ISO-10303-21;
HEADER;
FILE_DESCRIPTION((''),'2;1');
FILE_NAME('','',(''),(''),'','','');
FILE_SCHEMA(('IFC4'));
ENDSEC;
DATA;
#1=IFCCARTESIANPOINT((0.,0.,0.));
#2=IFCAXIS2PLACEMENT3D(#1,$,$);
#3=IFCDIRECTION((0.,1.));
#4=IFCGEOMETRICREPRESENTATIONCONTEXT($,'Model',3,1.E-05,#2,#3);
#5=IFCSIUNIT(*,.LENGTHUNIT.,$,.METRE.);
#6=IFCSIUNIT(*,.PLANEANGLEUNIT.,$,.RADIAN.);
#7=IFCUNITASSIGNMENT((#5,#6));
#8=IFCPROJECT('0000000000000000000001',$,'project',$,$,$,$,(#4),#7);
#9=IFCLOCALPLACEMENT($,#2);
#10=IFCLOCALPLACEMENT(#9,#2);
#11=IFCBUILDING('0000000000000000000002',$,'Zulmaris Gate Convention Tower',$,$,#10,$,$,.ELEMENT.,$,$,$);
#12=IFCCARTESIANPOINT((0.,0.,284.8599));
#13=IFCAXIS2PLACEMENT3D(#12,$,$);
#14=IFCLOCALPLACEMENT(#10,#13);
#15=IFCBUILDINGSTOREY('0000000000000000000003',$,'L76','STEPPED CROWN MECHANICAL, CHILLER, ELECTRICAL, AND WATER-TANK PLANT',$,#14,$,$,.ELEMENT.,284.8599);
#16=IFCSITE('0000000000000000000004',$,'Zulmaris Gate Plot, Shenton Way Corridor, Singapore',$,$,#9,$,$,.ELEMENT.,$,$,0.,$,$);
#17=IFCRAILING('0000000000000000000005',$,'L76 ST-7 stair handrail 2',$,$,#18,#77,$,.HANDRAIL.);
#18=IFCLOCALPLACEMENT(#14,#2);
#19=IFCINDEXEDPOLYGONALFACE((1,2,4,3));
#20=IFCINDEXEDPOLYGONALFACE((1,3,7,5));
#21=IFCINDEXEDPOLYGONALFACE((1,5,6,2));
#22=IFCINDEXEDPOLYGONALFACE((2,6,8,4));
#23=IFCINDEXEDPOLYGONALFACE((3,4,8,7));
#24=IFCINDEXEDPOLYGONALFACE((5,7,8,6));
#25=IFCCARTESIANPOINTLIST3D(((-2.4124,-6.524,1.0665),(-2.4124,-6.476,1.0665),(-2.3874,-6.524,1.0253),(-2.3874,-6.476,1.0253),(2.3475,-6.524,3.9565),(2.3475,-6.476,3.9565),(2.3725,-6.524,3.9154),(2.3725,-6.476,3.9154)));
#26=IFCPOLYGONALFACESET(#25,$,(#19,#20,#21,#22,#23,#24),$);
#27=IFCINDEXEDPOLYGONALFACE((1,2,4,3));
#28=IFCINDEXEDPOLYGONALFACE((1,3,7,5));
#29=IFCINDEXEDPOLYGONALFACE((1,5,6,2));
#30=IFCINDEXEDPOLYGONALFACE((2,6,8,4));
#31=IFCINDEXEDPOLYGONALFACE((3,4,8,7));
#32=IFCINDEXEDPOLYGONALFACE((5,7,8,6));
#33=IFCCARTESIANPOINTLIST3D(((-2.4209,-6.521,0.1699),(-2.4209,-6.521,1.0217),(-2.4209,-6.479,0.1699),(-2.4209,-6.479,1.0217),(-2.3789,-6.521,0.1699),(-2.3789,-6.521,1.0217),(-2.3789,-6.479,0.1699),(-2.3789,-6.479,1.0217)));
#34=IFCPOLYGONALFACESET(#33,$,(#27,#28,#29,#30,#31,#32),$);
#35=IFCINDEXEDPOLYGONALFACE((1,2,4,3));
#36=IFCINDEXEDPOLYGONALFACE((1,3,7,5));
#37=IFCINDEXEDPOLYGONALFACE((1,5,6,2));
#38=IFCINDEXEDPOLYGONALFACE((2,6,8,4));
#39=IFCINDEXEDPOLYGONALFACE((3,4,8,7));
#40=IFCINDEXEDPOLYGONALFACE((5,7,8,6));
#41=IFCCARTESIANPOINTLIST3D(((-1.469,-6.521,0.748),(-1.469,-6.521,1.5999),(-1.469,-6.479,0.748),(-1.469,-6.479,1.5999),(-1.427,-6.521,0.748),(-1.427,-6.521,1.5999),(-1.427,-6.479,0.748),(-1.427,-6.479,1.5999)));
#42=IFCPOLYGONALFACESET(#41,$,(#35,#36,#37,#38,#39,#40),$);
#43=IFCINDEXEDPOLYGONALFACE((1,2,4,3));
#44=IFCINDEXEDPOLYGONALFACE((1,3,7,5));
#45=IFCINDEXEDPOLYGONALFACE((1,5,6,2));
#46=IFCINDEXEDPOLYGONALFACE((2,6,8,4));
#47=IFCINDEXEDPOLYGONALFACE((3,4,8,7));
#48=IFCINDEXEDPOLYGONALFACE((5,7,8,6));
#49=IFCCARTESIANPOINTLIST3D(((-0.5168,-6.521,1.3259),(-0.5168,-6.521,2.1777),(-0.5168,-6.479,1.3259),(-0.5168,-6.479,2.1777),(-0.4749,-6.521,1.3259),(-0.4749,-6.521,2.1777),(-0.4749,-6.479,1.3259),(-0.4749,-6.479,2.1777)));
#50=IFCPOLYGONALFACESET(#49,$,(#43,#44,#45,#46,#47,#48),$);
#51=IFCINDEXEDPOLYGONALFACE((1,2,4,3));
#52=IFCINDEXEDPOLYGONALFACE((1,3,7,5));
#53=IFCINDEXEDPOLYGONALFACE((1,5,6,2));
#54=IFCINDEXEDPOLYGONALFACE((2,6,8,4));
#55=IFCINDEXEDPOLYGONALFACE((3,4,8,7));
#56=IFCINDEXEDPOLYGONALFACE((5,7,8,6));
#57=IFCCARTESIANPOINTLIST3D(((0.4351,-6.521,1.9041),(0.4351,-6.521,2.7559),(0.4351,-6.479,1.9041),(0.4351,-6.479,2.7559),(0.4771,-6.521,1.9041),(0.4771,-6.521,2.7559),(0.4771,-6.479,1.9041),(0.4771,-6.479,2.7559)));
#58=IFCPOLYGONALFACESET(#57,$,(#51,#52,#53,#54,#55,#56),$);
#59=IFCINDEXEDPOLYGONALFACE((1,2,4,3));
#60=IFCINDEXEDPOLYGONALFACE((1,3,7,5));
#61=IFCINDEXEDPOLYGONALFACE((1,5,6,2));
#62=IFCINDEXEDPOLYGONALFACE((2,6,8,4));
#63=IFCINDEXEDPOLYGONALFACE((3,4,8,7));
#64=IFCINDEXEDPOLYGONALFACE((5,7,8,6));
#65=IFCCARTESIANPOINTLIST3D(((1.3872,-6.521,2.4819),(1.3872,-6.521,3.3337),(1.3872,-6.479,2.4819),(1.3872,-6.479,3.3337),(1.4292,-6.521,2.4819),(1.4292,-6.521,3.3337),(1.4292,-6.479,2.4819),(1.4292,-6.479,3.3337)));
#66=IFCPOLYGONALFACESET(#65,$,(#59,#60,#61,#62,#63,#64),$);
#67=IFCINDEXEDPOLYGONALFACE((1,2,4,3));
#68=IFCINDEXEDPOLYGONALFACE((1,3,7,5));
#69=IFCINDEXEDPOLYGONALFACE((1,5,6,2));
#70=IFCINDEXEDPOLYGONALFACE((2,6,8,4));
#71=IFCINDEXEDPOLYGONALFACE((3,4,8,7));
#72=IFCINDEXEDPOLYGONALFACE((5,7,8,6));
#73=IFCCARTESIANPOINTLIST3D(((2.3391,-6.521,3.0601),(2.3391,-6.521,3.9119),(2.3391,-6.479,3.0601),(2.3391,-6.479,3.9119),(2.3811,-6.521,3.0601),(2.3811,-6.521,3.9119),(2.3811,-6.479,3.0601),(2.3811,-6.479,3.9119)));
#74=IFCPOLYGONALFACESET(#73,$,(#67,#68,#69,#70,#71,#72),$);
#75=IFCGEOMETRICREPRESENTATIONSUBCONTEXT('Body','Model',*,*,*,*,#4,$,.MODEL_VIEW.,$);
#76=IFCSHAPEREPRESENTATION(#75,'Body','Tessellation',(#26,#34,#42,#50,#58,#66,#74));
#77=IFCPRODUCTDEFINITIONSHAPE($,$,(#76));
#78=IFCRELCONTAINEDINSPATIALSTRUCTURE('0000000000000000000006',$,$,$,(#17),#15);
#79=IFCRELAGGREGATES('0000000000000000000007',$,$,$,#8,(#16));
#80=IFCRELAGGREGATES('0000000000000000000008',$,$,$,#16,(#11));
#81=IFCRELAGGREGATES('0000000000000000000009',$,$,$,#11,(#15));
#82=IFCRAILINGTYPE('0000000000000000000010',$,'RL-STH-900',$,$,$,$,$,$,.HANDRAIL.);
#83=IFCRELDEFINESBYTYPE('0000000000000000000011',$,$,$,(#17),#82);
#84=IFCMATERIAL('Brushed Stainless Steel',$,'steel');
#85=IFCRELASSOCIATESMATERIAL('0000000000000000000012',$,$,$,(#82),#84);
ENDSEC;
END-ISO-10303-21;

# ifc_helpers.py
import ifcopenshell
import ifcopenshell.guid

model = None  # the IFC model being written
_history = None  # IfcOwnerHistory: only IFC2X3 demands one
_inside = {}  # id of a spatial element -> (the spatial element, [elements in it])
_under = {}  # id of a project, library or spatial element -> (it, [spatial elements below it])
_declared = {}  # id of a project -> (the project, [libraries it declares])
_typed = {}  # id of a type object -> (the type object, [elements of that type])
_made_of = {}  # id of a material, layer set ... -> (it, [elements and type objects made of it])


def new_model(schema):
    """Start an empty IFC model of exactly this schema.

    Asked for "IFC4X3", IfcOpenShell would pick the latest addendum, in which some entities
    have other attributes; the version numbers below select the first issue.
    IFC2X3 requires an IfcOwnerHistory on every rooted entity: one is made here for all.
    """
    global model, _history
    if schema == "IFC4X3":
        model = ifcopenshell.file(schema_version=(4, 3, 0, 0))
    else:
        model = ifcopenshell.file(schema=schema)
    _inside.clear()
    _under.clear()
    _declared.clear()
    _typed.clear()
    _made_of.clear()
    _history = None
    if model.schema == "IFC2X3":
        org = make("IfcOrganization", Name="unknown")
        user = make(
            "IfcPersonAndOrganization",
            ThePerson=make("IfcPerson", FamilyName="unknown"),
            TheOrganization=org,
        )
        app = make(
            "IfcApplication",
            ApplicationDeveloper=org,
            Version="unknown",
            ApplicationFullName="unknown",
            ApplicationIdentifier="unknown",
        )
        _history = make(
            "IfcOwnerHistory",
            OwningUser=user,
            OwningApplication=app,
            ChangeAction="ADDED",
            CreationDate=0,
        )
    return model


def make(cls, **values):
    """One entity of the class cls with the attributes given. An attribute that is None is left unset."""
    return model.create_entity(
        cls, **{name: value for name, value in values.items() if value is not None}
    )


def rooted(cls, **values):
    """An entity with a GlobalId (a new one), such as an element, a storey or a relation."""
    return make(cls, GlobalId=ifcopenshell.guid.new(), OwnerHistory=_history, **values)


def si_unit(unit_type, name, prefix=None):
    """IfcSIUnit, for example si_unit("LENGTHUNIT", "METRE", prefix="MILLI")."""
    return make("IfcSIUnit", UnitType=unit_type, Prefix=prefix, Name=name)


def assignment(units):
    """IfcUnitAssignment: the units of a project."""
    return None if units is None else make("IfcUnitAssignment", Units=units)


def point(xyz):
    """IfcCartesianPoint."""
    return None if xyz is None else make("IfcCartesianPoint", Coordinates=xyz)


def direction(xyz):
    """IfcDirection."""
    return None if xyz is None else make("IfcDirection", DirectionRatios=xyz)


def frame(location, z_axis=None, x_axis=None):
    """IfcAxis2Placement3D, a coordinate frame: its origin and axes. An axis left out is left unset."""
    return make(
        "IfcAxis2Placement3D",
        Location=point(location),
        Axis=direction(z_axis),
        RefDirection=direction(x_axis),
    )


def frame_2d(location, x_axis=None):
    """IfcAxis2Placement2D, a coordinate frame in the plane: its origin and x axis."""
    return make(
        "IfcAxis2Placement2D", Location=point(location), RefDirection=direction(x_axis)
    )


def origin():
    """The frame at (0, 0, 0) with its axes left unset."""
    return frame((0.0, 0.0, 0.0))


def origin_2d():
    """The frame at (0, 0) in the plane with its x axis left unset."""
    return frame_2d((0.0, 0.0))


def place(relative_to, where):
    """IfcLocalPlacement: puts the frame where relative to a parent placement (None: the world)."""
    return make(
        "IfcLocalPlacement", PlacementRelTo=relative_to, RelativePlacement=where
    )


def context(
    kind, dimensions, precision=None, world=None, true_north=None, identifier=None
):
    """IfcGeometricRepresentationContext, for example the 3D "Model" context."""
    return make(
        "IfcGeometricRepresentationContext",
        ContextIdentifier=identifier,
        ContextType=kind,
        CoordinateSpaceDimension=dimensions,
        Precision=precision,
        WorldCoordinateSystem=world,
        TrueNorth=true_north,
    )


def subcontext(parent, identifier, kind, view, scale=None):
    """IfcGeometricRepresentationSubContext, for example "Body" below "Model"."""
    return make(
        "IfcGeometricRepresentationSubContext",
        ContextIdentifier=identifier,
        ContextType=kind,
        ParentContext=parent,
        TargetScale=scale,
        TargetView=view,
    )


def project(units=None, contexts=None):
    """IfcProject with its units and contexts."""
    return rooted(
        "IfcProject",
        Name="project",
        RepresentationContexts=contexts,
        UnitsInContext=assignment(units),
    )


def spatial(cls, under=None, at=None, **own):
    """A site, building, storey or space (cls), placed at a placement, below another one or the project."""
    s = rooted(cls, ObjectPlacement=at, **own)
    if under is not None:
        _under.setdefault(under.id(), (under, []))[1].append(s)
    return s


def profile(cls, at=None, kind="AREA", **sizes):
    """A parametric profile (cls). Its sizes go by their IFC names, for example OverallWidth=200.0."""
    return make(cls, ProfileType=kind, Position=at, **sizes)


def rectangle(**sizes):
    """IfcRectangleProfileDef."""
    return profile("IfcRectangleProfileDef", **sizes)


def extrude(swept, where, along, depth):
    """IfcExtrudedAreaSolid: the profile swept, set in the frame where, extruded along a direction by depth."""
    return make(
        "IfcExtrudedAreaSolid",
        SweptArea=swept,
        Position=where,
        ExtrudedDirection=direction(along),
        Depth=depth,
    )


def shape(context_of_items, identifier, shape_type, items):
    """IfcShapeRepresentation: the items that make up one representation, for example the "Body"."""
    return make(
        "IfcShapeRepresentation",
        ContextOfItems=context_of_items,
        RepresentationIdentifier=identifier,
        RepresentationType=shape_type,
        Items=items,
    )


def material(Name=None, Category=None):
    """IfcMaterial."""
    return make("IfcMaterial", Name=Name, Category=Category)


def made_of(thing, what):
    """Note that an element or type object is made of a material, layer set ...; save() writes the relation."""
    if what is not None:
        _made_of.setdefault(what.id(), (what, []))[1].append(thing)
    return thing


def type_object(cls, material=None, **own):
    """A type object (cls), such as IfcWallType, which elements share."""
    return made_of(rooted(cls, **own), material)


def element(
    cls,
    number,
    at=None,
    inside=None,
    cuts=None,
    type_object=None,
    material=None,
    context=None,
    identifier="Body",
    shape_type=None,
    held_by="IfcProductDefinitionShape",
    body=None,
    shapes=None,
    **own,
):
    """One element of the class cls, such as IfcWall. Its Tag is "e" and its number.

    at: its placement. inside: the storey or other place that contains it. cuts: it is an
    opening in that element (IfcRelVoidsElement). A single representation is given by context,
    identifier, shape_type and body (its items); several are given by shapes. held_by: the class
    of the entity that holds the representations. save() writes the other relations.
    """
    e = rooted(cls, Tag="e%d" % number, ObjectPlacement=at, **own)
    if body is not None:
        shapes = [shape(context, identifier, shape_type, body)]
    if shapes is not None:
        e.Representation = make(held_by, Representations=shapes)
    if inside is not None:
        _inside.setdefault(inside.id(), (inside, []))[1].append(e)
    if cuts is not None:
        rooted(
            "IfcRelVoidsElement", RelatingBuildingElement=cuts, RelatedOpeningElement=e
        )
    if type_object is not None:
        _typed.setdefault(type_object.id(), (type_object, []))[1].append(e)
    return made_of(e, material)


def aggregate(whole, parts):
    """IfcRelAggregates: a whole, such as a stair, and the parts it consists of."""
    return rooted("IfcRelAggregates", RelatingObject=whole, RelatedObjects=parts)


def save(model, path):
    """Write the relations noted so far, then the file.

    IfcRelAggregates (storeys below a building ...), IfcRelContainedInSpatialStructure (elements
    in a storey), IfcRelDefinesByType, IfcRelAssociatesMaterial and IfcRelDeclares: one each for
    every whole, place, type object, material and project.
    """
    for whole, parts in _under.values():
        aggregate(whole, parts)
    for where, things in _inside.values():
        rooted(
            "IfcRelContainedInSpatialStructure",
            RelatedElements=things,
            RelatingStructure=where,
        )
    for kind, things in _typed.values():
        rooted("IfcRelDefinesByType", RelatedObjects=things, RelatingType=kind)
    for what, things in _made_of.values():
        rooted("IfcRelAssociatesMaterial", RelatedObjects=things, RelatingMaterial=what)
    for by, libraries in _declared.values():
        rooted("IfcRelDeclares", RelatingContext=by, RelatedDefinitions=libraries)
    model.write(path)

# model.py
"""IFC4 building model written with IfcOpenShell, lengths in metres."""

from ifc_helpers import new_model, si_unit, direction, frame, origin, origin_2d, place, context, subcontext, project, spatial, rectangle, extrude, material, type_object, element, save


model = new_model("IFC4")

# Units and contexts
model_context = context("Model", 3, precision=1e-05, world=origin(), true_north=direction((0.0, 1.0)))
body_context = subcontext(model_context, "Body", "Model", "MODEL_VIEW")
ifc_project = project(units=[si_unit("LENGTHUNIT", "METRE"), si_unit("PLANEANGLEUNIT", "RADIAN")], contexts=[model_context])

# Site, building, storey
site_placement = place(None, origin())
site = spatial("IfcSite", under=ifc_project, at=site_placement, Name="Zulmaris Gate Plot, Shenton Way Corridor, Singapore", CompositionType="ELEMENT", RefElevation=0.0)
building_placement = place(site_placement, origin())
building = spatial("IfcBuilding", under=site, at=building_placement, Name="Zulmaris Gate Convention Tower", CompositionType="ELEMENT")
storey_placement = place(building_placement, frame((0.0, 0.0, 284.8599)))
storey = spatial("IfcBuildingStorey", under=building, at=storey_placement, Name="L76", Description="STEPPED CROWN MECHANICAL, CHILLER, ELECTRICAL, AND WATER-TANK PLANT", CompositionType="ELEMENT", Elevation=284.8599)

# Railing
ifc_material_1 = material(Name="Brushed Stainless Steel", Category="steel")
railing_type = type_object("IfcRailingType", Name="RL-STH-900", PredefinedType="HANDRAIL", material=ifc_material_1)
railing_placement = place(storey_placement, frame((-2.3999, -6.5, 0.1699)))
element("IfcRailing", 1, at=railing_placement, inside=storey, type_object=railing_type, Name="L76 ST-7 stair handrail 2", PredefinedType="HANDRAIL", context=body_context, shape_type="SweptSolid", body=[
    extrude(rectangle(XDim=0.0481, YDim=0.0481, at=origin_2d()), frame((0.0, 0.0, 0.876), z_axis=(0.854777, 0.0, 0.518995), x_axis=(0.0, 1.0, 0.0)), (0.0, 0.0, 1.0), 5.5686),
    extrude(rectangle(XDim=0.042, YDim=0.042, at=origin_2d()), origin(), (0.0, 0.0, 1.0), 0.8518),
    extrude(rectangle(XDim=0.042, YDim=0.042, at=origin_2d()), frame((0.9519, 0.0, 0.5781)), (0.0, 0.0, 1.0), 0.8518),
    extrude(rectangle(XDim=0.042, YDim=0.042, at=origin_2d()), frame((1.9041, 0.0, 1.156)), (0.0, 0.0, 1.0), 0.8518),
    extrude(rectangle(XDim=0.042, YDim=0.042, at=origin_2d()), frame((2.856, 0.0, 1.7341)), (0.0, 0.0, 1.0), 0.8518),
    extrude(rectangle(XDim=0.042, YDim=0.042, at=origin_2d()), frame((3.8081, 0.0, 2.312)), (0.0, 0.0, 1.0), 0.8518),
    extrude(rectangle(XDim=0.042, YDim=0.042, at=origin_2d()), frame((4.76, 0.0, 2.8901)), (0.0, 0.0, 1.0), 0.8518),
])

save(model, "model.ifc")
